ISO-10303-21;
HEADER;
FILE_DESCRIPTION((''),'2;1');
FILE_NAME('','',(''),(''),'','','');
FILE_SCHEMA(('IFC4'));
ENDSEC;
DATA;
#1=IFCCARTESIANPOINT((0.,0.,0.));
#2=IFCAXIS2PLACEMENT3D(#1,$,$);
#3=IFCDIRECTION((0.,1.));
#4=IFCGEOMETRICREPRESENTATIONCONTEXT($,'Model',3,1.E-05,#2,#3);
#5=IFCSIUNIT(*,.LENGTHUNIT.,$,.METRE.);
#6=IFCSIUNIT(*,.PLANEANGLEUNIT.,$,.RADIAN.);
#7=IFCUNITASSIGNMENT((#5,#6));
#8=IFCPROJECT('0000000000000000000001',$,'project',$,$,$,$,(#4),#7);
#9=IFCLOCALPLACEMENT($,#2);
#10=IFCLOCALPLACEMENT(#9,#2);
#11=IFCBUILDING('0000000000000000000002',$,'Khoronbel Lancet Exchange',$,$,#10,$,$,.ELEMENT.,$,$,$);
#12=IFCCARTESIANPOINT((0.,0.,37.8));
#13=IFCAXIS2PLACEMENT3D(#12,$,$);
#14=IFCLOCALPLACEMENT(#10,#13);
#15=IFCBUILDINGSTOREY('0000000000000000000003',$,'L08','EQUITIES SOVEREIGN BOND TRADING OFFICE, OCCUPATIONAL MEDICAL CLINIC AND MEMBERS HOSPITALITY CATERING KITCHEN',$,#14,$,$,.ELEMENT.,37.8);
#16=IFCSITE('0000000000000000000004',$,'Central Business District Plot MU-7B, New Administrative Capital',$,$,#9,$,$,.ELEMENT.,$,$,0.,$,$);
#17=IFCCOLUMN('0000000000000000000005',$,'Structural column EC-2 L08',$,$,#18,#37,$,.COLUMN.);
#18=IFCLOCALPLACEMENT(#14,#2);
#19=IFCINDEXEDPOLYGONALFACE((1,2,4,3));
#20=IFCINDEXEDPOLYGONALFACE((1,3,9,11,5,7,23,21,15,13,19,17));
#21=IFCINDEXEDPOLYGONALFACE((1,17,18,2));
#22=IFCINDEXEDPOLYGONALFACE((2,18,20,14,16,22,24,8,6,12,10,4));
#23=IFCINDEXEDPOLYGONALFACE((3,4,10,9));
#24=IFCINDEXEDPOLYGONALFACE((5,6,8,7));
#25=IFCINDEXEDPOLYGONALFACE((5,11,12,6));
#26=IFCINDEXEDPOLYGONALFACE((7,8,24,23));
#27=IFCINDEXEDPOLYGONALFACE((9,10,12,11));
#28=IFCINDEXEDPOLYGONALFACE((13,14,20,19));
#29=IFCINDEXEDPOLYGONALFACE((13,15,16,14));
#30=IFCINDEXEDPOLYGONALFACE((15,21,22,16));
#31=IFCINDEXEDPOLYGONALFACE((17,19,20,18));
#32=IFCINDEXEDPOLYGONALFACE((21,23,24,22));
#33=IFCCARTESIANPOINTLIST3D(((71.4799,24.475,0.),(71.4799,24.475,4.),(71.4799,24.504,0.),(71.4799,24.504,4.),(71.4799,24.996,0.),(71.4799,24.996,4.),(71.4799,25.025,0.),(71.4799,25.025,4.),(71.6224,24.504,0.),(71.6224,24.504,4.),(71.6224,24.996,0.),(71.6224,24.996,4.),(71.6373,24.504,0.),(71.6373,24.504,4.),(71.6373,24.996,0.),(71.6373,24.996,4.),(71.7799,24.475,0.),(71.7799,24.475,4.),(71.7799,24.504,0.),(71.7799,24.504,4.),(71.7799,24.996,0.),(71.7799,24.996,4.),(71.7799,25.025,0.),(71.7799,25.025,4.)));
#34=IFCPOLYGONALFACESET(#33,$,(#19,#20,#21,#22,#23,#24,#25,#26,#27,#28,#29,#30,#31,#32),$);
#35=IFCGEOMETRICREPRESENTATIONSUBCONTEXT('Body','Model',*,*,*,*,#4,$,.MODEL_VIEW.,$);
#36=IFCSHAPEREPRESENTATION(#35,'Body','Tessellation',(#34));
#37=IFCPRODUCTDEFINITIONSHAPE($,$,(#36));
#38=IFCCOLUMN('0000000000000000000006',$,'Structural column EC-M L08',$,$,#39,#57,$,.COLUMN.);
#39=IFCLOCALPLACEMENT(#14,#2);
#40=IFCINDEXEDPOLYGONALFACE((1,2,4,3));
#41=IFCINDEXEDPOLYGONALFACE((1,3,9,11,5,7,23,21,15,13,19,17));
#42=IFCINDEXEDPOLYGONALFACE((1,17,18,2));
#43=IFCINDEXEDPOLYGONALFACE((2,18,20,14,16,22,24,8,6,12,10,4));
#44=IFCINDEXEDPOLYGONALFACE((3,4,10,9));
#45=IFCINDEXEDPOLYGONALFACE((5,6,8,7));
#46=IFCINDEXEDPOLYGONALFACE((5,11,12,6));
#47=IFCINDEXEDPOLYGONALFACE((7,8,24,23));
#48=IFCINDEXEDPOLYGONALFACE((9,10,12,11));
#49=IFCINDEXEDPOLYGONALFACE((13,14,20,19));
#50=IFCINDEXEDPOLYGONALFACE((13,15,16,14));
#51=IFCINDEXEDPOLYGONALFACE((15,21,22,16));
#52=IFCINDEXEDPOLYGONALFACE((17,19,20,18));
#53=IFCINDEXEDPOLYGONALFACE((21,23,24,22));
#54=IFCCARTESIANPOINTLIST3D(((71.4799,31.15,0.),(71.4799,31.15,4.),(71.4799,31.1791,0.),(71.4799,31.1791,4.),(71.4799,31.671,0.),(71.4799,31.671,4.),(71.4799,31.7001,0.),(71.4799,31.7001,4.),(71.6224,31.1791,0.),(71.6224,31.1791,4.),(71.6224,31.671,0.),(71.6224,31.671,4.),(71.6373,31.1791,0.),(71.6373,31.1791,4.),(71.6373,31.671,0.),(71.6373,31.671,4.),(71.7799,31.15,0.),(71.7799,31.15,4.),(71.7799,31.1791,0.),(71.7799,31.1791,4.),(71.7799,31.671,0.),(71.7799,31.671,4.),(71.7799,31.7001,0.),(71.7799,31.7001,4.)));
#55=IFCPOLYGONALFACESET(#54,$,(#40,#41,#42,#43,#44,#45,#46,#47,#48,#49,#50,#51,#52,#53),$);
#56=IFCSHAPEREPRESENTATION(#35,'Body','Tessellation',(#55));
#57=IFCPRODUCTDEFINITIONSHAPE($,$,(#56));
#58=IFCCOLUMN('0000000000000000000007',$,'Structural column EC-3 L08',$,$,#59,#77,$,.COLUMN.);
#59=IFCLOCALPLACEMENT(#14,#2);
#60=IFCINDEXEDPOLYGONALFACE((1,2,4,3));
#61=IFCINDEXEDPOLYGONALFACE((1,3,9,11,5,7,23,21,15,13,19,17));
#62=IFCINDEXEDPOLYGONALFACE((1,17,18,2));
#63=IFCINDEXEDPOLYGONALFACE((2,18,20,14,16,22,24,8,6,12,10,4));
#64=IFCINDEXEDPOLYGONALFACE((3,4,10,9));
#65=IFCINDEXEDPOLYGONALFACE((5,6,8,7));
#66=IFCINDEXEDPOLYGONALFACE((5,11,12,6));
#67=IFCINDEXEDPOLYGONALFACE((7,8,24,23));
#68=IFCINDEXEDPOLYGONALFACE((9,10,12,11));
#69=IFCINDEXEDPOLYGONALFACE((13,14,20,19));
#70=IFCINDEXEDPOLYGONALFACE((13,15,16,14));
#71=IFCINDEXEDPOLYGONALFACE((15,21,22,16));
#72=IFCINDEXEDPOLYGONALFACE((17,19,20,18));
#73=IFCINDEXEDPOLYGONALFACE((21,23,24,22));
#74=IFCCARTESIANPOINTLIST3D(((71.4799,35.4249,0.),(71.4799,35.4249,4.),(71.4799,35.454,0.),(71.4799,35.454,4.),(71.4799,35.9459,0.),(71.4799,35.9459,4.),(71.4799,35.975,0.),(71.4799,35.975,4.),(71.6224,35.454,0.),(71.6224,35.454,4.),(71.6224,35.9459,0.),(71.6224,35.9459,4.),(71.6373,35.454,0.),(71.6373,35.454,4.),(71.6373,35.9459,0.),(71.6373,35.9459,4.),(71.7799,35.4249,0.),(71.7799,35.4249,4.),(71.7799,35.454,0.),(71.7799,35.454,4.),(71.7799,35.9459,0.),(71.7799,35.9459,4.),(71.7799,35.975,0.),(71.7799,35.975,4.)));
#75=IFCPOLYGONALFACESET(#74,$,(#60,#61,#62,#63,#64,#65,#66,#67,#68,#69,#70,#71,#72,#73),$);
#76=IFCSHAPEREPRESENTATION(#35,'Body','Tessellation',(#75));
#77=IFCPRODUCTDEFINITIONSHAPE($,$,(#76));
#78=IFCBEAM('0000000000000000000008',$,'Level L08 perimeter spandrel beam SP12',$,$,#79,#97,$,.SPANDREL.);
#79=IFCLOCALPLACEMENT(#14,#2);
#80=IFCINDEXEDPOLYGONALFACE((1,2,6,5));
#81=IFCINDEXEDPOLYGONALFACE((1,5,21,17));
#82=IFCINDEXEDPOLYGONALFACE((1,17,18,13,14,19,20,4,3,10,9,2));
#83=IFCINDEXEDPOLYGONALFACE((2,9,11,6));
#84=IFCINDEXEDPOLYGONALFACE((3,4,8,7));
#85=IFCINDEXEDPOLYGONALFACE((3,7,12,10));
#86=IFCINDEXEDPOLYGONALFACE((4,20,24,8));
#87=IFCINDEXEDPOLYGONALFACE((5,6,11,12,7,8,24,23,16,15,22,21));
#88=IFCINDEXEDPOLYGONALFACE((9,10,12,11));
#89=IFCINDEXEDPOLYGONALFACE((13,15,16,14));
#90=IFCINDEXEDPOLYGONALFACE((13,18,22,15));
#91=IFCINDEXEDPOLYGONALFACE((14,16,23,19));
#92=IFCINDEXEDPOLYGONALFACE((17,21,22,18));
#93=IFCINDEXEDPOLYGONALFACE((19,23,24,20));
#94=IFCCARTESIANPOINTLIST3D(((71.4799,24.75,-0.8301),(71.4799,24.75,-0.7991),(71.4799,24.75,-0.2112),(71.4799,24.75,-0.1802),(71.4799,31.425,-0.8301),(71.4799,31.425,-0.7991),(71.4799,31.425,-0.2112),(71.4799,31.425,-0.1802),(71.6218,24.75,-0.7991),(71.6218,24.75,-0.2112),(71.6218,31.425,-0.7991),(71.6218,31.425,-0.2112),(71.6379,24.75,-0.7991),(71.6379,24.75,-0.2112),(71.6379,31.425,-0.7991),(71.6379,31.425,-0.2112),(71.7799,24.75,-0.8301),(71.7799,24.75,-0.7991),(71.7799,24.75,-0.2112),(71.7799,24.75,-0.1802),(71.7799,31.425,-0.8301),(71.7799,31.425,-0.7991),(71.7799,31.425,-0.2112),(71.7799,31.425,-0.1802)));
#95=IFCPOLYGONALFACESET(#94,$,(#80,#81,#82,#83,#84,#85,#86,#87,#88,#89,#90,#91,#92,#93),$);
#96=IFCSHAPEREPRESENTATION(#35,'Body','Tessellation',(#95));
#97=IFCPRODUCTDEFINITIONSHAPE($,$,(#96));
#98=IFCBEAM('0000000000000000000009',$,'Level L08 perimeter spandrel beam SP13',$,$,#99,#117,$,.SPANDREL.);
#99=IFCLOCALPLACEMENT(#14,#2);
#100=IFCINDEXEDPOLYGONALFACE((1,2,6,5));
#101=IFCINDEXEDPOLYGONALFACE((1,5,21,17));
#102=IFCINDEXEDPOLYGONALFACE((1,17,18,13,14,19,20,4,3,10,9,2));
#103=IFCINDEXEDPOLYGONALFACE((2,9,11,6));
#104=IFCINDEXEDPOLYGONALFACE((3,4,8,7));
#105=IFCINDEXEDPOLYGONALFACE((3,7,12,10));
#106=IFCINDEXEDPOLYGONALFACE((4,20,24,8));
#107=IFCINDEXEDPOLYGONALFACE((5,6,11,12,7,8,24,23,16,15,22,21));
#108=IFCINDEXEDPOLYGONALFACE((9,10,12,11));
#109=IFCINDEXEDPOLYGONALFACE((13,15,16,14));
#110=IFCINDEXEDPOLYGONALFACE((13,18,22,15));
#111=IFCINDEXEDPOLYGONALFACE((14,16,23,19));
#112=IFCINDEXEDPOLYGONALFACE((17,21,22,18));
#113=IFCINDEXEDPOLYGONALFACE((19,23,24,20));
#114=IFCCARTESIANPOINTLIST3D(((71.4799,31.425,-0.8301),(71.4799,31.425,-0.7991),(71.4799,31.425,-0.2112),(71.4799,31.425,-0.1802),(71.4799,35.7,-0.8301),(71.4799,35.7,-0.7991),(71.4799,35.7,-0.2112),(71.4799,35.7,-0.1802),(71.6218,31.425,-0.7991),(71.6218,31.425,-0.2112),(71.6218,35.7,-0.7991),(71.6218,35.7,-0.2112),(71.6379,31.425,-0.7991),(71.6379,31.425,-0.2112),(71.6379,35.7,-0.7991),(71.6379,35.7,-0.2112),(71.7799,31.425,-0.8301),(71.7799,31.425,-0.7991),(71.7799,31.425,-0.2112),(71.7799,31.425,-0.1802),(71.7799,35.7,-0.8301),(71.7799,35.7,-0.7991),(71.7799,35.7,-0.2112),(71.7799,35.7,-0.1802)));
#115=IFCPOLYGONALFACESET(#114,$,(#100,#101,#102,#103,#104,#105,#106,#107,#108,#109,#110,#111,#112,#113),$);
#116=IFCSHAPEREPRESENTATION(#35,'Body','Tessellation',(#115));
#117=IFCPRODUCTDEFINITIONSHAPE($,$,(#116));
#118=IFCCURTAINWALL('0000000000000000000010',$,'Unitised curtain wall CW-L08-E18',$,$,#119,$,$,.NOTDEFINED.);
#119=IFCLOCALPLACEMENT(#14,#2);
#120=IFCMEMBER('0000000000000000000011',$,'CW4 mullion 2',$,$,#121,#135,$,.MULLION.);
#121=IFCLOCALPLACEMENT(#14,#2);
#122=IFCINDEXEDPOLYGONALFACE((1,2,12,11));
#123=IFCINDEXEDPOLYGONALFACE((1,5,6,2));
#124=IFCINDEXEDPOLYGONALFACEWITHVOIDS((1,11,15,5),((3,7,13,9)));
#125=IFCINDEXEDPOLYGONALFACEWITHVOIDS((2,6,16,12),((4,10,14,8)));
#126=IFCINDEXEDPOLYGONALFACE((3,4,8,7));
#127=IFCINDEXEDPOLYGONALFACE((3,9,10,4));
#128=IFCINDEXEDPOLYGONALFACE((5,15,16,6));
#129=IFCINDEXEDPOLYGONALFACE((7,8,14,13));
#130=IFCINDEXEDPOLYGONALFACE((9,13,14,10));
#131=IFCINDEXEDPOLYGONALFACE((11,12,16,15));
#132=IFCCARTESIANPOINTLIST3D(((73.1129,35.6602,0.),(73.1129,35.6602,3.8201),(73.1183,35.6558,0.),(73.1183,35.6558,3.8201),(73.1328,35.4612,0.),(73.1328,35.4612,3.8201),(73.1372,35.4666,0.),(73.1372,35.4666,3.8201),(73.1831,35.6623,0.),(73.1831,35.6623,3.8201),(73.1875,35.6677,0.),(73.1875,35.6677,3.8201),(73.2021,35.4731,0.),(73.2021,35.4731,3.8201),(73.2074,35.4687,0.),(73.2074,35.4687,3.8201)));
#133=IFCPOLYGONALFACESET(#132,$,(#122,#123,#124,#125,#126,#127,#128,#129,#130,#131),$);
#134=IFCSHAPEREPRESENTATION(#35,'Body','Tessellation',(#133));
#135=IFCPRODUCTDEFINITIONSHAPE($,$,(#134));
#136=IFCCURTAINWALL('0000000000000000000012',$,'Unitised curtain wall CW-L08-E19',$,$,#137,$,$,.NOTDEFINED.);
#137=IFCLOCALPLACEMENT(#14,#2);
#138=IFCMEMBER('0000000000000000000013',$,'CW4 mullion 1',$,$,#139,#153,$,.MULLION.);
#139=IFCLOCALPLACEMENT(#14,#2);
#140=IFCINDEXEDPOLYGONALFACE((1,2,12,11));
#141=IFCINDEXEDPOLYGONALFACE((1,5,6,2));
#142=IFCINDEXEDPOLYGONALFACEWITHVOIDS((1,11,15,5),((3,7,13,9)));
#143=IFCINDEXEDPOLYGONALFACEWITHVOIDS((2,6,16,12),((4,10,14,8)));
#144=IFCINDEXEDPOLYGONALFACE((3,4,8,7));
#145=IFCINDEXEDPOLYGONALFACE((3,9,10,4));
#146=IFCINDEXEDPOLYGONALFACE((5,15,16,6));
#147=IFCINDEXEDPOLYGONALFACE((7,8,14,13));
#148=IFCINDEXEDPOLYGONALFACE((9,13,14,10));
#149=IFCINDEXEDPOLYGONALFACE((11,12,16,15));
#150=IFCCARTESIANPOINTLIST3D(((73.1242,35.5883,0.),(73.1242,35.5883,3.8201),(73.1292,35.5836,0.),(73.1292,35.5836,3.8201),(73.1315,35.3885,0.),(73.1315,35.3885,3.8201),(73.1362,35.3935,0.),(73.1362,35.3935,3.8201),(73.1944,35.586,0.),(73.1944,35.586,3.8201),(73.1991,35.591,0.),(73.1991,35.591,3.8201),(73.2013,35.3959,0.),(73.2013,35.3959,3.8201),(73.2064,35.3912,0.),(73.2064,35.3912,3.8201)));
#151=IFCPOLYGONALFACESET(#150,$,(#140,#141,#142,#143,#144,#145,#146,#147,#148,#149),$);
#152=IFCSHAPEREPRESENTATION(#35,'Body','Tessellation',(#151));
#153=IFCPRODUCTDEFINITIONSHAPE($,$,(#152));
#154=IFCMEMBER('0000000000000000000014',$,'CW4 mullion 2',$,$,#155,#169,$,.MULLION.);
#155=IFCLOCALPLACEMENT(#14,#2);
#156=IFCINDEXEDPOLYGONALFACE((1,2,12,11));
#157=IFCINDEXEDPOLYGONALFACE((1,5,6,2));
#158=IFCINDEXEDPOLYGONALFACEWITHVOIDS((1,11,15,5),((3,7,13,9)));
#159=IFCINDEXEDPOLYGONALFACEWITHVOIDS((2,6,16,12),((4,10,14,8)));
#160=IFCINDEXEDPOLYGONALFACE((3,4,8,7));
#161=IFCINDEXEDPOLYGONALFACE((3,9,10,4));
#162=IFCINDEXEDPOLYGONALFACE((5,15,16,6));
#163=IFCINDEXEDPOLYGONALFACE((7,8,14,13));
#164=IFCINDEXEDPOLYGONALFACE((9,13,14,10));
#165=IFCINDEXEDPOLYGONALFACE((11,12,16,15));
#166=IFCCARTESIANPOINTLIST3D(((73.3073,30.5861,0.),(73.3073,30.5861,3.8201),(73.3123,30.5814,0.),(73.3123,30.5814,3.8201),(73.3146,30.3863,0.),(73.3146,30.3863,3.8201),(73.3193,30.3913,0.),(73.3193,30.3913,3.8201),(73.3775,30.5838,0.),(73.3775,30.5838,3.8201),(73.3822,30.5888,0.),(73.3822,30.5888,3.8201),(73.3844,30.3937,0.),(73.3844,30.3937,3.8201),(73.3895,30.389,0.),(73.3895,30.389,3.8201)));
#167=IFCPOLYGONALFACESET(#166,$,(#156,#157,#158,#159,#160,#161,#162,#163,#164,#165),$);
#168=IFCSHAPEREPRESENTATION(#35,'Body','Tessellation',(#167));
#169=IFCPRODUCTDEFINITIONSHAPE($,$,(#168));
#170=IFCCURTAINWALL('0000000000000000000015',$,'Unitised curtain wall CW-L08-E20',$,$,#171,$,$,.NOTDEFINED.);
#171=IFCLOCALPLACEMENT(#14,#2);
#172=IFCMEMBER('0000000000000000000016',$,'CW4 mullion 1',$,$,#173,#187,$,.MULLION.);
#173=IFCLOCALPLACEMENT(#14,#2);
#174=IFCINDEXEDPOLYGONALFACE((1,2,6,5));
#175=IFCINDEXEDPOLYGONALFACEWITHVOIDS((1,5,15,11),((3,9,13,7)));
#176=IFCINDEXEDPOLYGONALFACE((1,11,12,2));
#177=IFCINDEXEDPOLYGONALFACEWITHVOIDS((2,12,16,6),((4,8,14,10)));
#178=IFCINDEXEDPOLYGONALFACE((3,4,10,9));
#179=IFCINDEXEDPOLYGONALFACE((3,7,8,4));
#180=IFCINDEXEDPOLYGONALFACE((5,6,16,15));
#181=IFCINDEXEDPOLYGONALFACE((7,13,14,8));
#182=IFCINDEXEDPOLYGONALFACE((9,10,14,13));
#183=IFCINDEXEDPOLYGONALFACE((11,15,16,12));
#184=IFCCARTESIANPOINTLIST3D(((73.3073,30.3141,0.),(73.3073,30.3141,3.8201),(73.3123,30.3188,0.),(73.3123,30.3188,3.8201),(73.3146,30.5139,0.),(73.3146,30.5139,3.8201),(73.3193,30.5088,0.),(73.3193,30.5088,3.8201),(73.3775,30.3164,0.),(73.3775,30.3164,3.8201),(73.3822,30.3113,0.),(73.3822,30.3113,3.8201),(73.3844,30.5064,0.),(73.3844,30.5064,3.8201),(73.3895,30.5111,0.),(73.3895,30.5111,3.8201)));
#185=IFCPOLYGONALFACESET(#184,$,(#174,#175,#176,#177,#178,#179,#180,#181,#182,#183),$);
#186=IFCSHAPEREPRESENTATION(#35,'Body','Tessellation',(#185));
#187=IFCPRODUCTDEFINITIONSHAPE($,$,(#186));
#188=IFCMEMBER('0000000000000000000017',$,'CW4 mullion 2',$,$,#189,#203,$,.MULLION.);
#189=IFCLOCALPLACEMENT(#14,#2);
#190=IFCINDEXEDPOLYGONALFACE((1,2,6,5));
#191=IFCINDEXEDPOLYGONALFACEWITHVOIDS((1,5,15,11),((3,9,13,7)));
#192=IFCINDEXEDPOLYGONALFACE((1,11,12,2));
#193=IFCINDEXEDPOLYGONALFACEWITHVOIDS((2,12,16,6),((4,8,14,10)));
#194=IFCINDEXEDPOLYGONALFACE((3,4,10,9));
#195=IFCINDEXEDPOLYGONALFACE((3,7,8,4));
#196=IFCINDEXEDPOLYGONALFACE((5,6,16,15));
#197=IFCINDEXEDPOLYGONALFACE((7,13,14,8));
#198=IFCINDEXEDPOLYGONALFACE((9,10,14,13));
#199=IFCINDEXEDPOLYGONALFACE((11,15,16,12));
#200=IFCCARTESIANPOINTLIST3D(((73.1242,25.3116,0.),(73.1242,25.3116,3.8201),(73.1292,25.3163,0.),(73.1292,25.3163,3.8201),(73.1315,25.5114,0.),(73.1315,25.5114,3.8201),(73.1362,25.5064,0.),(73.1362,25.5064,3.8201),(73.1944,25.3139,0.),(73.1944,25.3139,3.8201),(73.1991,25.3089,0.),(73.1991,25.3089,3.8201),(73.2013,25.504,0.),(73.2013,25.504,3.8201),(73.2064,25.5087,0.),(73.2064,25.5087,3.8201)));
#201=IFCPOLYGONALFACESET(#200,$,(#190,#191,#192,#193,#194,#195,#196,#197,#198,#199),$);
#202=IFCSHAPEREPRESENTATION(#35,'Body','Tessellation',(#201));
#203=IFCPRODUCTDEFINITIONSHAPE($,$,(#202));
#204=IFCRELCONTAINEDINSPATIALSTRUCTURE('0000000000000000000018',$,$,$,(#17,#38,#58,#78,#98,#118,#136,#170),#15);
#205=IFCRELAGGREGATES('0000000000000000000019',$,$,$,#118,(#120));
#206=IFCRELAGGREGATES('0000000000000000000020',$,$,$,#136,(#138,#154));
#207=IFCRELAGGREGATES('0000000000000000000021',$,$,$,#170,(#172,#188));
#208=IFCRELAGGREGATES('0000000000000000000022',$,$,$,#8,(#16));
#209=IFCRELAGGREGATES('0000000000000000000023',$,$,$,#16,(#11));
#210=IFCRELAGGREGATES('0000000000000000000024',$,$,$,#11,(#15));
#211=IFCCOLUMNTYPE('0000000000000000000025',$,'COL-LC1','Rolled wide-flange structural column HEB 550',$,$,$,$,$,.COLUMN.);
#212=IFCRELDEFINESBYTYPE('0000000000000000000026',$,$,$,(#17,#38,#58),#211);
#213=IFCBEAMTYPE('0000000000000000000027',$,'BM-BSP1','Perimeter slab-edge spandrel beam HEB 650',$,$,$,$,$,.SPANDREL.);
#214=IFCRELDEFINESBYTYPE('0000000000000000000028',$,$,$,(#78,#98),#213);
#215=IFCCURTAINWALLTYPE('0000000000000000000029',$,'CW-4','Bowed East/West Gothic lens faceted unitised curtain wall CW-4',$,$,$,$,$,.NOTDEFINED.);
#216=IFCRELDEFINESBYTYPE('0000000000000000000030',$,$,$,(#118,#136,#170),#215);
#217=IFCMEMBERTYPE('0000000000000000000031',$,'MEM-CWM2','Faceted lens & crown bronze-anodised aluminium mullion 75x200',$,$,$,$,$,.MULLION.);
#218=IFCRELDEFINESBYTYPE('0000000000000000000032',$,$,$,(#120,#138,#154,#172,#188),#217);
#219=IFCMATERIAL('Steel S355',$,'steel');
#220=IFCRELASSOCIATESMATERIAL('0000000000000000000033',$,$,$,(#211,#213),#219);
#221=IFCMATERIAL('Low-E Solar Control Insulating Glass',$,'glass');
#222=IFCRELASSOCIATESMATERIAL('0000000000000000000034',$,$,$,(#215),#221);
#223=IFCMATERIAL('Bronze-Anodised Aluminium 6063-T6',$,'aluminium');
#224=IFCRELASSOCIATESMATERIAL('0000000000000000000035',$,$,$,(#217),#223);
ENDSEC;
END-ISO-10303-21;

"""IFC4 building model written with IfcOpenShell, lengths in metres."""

from ifc_helpers import new_model, si_unit, direction, frame, origin, origin_2d, place, context, subcontext, project, spatial, hollow_rectangle, i_section, extrude, material, material_profile, profile_set, type_object, element, aggregate, save


model = new_model("IFC4")

# Units and contexts
model_context = context("Model", 3, precision=1e-05, world=origin(), true_north=direction((0.0, 1.0)))
body_context = subcontext(model_context, "Body", "Model", "MODEL_VIEW")
ifc_project = project(units=[si_unit("LENGTHUNIT", "METRE"), si_unit("PLANEANGLEUNIT", "RADIAN")], contexts=[model_context])

# Site, building, storey
site_placement = place(None, origin())
site = spatial("IfcSite", under=ifc_project, at=site_placement, Name="Central Business District Plot MU-7B, New Administrative Capital", CompositionType="ELEMENT", RefElevation=0.0)
building_placement = place(site_placement, origin())
building = spatial("IfcBuilding", under=site, at=building_placement, Name="Khoronbel Lancet Exchange", CompositionType="ELEMENT")
storey_placement = place(building_placement, frame((0.0, 0.0, 37.8)))
storey = spatial("IfcBuildingStorey", under=building, at=storey_placement, Name="L08", Description="EQUITIES SOVEREIGN BOND TRADING OFFICE, OCCUPATIONAL MEDICAL CLINIC AND MEMBERS HOSPITALITY CATERING KITCHEN", CompositionType="ELEMENT", Elevation=37.8)

# Columns
ifc_material_1 = material(Name="Steel S355", Category="steel")
ifc_material_profile_1 = material_profile(ifc_material_1, i_section(OverallWidth=0.3, OverallDepth=0.55, WebThickness=0.0149, FlangeThickness=0.0291, at=origin_2d()), Name="HEB 550")
ifc_profile_set_1 = profile_set([ifc_material_profile_1], Name="Steel S355")
column_type = type_object("IfcColumnType", Name="COL-LC1", Description="Rolled wide-flange structural column HEB 550", PredefinedType="COLUMN", material=ifc_profile_set_1)
for number, where, z_axis, x_axis, name in (
    (1, (71.6299, 24.75, 0.0), (0.0, 0.0, 1.0), (1.0, 0.0, 0.0), "Structural column EC-2 L08"),
    (2, (71.6299, 31.425, 0.0), (0.0, 0.0, 1.0), (1.0, 0.0, 0.0), "Structural column EC-M L08"),
    (3, (71.6299, 35.7, 0.0), (0.0, 0.0, 1.0), (1.0, 0.0, 0.0), "Structural column EC-3 L08"),
):
    element("IfcColumn", number, at=place(storey_placement, frame(where, z_axis=z_axis, x_axis=x_axis)), inside=storey, type_object=column_type, Name=name, PredefinedType="COLUMN", context=body_context, shape_type="SweptSolid", body=[
        extrude(i_section(OverallWidth=0.3, OverallDepth=0.55, WebThickness=0.0149, FlangeThickness=0.0291, at=origin_2d()), origin(), (0.0, 0.0, 1.0), 4.0),
    ])

# Beams
ifc_material_profile_2 = material_profile(ifc_material_1, i_section(OverallWidth=0.3, OverallDepth=0.6499, WebThickness=0.0161, FlangeThickness=0.031, at=origin_2d()), Name="HEB 650")
ifc_profile_set_2 = profile_set([ifc_material_profile_2], Name="Steel S355")
beam_type = type_object("IfcBeamType", Name="BM-BSP1", Description="Perimeter slab-edge spandrel beam HEB 650", PredefinedType="SPANDREL", material=ifc_profile_set_2)
beam_1_placement = place(storey_placement, frame((71.6299, 24.75, -0.5051), z_axis=(0.0, 1.0, 0.0), x_axis=(-1.0, 0.0, 0.0)))
element("IfcBeam", 4, at=beam_1_placement, inside=storey, type_object=beam_type, Name="Level L08 perimeter spandrel beam SP12", PredefinedType="SPANDREL", context=body_context, shape_type="SweptSolid", body=[
    extrude(i_section(OverallWidth=0.3, OverallDepth=0.6499, WebThickness=0.0161, FlangeThickness=0.031, at=origin_2d()), origin(), (0.0, 0.0, 1.0), 6.675),
])
beam_2_placement = place(storey_placement, frame((71.6299, 31.425, -0.5051), z_axis=(0.0, 1.0, 0.0), x_axis=(-1.0, 0.0, 0.0)))
element("IfcBeam", 5, at=beam_2_placement, inside=storey, type_object=beam_type, Name="Level L08 perimeter spandrel beam SP13", PredefinedType="SPANDREL", context=body_context, shape_type="SweptSolid", body=[
    extrude(i_section(OverallWidth=0.3, OverallDepth=0.6499, WebThickness=0.0161, FlangeThickness=0.031, at=origin_2d()), origin(), (0.0, 0.0, 1.0), 4.2749),
])

# Curtain wall, member
ifc_material_2 = material(Name="Low-E Solar Control Insulating Glass", Category="glass")
curtain_wall_type = type_object("IfcCurtainWallType", Name="CW-4", Description="Bowed East/West Gothic lens faceted unitised curtain wall CW-4", PredefinedType="NOTDEFINED", material=ifc_material_2)
curtain_wall_1_placement = place(storey_placement, origin())
curtain_wall_1 = element("IfcCurtainWall", 6, at=curtain_wall_1_placement, inside=storey, type_object=curtain_wall_type, Name="Unitised curtain wall CW-L08-E18", PredefinedType="NOTDEFINED")
ifc_material_3 = material(Name="Bronze-Anodised Aluminium 6063-T6", Category="aluminium")
ifc_material_profile_3 = material_profile(ifc_material_3, hollow_rectangle(XDim=0.075, YDim=0.2, WallThickness=0.0049, at=origin_2d()), Name="ALU MULLION 75x200")
ifc_profile_set_3 = profile_set([ifc_material_profile_3], Name="Bronze-Anodised Aluminium 6063-T6")
member_type_1 = type_object("IfcMemberType", Name="MEM-CWM2", Description="Faceted lens & crown bronze-anodised aluminium mullion 75x200", PredefinedType="MULLION", material=ifc_profile_set_3)
member_1_placement = place(storey_placement, frame((73.1602, 35.5645, 0.0), z_axis=(0.0, 0.0, 1.0), x_axis=(0.995027, 0.099603, 0.0)))
member_1 = element("IfcMember", 7, at=member_1_placement, type_object=member_type_1, Name="CW4 mullion 2", PredefinedType="MULLION", context=body_context, shape_type="SweptSolid", body=[
    extrude(hollow_rectangle(XDim=0.075, YDim=0.2, WallThickness=0.0049, at=origin_2d()), origin(), (0.0, 0.0, 1.0), 3.8201),
])
aggregate(curtain_wall_1, [member_1])

# Curtain walls, members
curtain_wall_2_placement = place(storey_placement, origin())
curtain_wall_2 = element("IfcCurtainWall", 8, at=curtain_wall_2_placement, inside=storey, type_object=curtain_wall_type, Name="Unitised curtain wall CW-L08-E19", PredefinedType="NOTDEFINED")
member_2_placement = place(storey_placement, frame((73.1653, 35.4897, 0.0), z_axis=(0.0, 0.0, 1.0), x_axis=(0.99933, 0.03659, 0.0)))
member_2 = element("IfcMember", 9, at=member_2_placement, type_object=member_type_1, Name="CW4 mullion 1", PredefinedType="MULLION", context=body_context, shape_type="SweptSolid", body=[
    extrude(hollow_rectangle(XDim=0.075, YDim=0.2, WallThickness=0.0049, at=origin_2d()), origin(), (0.0, 0.0, 1.0), 3.8201),
])
member_3_placement = place(storey_placement, frame((73.3484, 30.4875, 0.0), z_axis=(0.0, 0.0, 1.0), x_axis=(0.99933, 0.03659, 0.0)))
member_3 = element("IfcMember", 10, at=member_3_placement, type_object=member_type_1, Name="CW4 mullion 2", PredefinedType="MULLION", context=body_context, shape_type="SweptSolid", body=[
    extrude(hollow_rectangle(XDim=0.075, YDim=0.2, WallThickness=0.0049, at=origin_2d()), origin(), (0.0, 0.0, 1.0), 3.8201),
])
curtain_wall_3_placement = place(storey_placement, origin())
curtain_wall_3 = element("IfcCurtainWall", 11, at=curtain_wall_3_placement, inside=storey, type_object=curtain_wall_type, Name="Unitised curtain wall CW-L08-E20", PredefinedType="NOTDEFINED")
member_4_placement = place(storey_placement, frame((73.3484, 30.4126, 0.0), z_axis=(0.0, 0.0, 1.0), x_axis=(0.99933, -0.03659, 0.0)))
member_4 = element("IfcMember", 12, at=member_4_placement, type_object=member_type_1, Name="CW4 mullion 1", PredefinedType="MULLION", context=body_context, shape_type="SweptSolid", body=[
    extrude(hollow_rectangle(XDim=0.075, YDim=0.2, WallThickness=0.0049, at=origin_2d()), origin(), (0.0, 0.0, 1.0), 3.8201),
])
member_5_placement = place(storey_placement, frame((73.1653, 25.4102, 0.0), z_axis=(0.0, 0.0, 1.0), x_axis=(0.99933, -0.03659, 0.0)))
member_5 = element("IfcMember", 13, at=member_5_placement, type_object=member_type_1, Name="CW4 mullion 2", PredefinedType="MULLION", context=body_context, shape_type="SweptSolid", body=[
    extrude(hollow_rectangle(XDim=0.075, YDim=0.2, WallThickness=0.0049, at=origin_2d()), origin(), (0.0, 0.0, 1.0), 3.8201),
])

aggregate(curtain_wall_2, [member_2, member_3])
aggregate(curtain_wall_3, [member_4, member_5])

save(model, "model.ifc")
